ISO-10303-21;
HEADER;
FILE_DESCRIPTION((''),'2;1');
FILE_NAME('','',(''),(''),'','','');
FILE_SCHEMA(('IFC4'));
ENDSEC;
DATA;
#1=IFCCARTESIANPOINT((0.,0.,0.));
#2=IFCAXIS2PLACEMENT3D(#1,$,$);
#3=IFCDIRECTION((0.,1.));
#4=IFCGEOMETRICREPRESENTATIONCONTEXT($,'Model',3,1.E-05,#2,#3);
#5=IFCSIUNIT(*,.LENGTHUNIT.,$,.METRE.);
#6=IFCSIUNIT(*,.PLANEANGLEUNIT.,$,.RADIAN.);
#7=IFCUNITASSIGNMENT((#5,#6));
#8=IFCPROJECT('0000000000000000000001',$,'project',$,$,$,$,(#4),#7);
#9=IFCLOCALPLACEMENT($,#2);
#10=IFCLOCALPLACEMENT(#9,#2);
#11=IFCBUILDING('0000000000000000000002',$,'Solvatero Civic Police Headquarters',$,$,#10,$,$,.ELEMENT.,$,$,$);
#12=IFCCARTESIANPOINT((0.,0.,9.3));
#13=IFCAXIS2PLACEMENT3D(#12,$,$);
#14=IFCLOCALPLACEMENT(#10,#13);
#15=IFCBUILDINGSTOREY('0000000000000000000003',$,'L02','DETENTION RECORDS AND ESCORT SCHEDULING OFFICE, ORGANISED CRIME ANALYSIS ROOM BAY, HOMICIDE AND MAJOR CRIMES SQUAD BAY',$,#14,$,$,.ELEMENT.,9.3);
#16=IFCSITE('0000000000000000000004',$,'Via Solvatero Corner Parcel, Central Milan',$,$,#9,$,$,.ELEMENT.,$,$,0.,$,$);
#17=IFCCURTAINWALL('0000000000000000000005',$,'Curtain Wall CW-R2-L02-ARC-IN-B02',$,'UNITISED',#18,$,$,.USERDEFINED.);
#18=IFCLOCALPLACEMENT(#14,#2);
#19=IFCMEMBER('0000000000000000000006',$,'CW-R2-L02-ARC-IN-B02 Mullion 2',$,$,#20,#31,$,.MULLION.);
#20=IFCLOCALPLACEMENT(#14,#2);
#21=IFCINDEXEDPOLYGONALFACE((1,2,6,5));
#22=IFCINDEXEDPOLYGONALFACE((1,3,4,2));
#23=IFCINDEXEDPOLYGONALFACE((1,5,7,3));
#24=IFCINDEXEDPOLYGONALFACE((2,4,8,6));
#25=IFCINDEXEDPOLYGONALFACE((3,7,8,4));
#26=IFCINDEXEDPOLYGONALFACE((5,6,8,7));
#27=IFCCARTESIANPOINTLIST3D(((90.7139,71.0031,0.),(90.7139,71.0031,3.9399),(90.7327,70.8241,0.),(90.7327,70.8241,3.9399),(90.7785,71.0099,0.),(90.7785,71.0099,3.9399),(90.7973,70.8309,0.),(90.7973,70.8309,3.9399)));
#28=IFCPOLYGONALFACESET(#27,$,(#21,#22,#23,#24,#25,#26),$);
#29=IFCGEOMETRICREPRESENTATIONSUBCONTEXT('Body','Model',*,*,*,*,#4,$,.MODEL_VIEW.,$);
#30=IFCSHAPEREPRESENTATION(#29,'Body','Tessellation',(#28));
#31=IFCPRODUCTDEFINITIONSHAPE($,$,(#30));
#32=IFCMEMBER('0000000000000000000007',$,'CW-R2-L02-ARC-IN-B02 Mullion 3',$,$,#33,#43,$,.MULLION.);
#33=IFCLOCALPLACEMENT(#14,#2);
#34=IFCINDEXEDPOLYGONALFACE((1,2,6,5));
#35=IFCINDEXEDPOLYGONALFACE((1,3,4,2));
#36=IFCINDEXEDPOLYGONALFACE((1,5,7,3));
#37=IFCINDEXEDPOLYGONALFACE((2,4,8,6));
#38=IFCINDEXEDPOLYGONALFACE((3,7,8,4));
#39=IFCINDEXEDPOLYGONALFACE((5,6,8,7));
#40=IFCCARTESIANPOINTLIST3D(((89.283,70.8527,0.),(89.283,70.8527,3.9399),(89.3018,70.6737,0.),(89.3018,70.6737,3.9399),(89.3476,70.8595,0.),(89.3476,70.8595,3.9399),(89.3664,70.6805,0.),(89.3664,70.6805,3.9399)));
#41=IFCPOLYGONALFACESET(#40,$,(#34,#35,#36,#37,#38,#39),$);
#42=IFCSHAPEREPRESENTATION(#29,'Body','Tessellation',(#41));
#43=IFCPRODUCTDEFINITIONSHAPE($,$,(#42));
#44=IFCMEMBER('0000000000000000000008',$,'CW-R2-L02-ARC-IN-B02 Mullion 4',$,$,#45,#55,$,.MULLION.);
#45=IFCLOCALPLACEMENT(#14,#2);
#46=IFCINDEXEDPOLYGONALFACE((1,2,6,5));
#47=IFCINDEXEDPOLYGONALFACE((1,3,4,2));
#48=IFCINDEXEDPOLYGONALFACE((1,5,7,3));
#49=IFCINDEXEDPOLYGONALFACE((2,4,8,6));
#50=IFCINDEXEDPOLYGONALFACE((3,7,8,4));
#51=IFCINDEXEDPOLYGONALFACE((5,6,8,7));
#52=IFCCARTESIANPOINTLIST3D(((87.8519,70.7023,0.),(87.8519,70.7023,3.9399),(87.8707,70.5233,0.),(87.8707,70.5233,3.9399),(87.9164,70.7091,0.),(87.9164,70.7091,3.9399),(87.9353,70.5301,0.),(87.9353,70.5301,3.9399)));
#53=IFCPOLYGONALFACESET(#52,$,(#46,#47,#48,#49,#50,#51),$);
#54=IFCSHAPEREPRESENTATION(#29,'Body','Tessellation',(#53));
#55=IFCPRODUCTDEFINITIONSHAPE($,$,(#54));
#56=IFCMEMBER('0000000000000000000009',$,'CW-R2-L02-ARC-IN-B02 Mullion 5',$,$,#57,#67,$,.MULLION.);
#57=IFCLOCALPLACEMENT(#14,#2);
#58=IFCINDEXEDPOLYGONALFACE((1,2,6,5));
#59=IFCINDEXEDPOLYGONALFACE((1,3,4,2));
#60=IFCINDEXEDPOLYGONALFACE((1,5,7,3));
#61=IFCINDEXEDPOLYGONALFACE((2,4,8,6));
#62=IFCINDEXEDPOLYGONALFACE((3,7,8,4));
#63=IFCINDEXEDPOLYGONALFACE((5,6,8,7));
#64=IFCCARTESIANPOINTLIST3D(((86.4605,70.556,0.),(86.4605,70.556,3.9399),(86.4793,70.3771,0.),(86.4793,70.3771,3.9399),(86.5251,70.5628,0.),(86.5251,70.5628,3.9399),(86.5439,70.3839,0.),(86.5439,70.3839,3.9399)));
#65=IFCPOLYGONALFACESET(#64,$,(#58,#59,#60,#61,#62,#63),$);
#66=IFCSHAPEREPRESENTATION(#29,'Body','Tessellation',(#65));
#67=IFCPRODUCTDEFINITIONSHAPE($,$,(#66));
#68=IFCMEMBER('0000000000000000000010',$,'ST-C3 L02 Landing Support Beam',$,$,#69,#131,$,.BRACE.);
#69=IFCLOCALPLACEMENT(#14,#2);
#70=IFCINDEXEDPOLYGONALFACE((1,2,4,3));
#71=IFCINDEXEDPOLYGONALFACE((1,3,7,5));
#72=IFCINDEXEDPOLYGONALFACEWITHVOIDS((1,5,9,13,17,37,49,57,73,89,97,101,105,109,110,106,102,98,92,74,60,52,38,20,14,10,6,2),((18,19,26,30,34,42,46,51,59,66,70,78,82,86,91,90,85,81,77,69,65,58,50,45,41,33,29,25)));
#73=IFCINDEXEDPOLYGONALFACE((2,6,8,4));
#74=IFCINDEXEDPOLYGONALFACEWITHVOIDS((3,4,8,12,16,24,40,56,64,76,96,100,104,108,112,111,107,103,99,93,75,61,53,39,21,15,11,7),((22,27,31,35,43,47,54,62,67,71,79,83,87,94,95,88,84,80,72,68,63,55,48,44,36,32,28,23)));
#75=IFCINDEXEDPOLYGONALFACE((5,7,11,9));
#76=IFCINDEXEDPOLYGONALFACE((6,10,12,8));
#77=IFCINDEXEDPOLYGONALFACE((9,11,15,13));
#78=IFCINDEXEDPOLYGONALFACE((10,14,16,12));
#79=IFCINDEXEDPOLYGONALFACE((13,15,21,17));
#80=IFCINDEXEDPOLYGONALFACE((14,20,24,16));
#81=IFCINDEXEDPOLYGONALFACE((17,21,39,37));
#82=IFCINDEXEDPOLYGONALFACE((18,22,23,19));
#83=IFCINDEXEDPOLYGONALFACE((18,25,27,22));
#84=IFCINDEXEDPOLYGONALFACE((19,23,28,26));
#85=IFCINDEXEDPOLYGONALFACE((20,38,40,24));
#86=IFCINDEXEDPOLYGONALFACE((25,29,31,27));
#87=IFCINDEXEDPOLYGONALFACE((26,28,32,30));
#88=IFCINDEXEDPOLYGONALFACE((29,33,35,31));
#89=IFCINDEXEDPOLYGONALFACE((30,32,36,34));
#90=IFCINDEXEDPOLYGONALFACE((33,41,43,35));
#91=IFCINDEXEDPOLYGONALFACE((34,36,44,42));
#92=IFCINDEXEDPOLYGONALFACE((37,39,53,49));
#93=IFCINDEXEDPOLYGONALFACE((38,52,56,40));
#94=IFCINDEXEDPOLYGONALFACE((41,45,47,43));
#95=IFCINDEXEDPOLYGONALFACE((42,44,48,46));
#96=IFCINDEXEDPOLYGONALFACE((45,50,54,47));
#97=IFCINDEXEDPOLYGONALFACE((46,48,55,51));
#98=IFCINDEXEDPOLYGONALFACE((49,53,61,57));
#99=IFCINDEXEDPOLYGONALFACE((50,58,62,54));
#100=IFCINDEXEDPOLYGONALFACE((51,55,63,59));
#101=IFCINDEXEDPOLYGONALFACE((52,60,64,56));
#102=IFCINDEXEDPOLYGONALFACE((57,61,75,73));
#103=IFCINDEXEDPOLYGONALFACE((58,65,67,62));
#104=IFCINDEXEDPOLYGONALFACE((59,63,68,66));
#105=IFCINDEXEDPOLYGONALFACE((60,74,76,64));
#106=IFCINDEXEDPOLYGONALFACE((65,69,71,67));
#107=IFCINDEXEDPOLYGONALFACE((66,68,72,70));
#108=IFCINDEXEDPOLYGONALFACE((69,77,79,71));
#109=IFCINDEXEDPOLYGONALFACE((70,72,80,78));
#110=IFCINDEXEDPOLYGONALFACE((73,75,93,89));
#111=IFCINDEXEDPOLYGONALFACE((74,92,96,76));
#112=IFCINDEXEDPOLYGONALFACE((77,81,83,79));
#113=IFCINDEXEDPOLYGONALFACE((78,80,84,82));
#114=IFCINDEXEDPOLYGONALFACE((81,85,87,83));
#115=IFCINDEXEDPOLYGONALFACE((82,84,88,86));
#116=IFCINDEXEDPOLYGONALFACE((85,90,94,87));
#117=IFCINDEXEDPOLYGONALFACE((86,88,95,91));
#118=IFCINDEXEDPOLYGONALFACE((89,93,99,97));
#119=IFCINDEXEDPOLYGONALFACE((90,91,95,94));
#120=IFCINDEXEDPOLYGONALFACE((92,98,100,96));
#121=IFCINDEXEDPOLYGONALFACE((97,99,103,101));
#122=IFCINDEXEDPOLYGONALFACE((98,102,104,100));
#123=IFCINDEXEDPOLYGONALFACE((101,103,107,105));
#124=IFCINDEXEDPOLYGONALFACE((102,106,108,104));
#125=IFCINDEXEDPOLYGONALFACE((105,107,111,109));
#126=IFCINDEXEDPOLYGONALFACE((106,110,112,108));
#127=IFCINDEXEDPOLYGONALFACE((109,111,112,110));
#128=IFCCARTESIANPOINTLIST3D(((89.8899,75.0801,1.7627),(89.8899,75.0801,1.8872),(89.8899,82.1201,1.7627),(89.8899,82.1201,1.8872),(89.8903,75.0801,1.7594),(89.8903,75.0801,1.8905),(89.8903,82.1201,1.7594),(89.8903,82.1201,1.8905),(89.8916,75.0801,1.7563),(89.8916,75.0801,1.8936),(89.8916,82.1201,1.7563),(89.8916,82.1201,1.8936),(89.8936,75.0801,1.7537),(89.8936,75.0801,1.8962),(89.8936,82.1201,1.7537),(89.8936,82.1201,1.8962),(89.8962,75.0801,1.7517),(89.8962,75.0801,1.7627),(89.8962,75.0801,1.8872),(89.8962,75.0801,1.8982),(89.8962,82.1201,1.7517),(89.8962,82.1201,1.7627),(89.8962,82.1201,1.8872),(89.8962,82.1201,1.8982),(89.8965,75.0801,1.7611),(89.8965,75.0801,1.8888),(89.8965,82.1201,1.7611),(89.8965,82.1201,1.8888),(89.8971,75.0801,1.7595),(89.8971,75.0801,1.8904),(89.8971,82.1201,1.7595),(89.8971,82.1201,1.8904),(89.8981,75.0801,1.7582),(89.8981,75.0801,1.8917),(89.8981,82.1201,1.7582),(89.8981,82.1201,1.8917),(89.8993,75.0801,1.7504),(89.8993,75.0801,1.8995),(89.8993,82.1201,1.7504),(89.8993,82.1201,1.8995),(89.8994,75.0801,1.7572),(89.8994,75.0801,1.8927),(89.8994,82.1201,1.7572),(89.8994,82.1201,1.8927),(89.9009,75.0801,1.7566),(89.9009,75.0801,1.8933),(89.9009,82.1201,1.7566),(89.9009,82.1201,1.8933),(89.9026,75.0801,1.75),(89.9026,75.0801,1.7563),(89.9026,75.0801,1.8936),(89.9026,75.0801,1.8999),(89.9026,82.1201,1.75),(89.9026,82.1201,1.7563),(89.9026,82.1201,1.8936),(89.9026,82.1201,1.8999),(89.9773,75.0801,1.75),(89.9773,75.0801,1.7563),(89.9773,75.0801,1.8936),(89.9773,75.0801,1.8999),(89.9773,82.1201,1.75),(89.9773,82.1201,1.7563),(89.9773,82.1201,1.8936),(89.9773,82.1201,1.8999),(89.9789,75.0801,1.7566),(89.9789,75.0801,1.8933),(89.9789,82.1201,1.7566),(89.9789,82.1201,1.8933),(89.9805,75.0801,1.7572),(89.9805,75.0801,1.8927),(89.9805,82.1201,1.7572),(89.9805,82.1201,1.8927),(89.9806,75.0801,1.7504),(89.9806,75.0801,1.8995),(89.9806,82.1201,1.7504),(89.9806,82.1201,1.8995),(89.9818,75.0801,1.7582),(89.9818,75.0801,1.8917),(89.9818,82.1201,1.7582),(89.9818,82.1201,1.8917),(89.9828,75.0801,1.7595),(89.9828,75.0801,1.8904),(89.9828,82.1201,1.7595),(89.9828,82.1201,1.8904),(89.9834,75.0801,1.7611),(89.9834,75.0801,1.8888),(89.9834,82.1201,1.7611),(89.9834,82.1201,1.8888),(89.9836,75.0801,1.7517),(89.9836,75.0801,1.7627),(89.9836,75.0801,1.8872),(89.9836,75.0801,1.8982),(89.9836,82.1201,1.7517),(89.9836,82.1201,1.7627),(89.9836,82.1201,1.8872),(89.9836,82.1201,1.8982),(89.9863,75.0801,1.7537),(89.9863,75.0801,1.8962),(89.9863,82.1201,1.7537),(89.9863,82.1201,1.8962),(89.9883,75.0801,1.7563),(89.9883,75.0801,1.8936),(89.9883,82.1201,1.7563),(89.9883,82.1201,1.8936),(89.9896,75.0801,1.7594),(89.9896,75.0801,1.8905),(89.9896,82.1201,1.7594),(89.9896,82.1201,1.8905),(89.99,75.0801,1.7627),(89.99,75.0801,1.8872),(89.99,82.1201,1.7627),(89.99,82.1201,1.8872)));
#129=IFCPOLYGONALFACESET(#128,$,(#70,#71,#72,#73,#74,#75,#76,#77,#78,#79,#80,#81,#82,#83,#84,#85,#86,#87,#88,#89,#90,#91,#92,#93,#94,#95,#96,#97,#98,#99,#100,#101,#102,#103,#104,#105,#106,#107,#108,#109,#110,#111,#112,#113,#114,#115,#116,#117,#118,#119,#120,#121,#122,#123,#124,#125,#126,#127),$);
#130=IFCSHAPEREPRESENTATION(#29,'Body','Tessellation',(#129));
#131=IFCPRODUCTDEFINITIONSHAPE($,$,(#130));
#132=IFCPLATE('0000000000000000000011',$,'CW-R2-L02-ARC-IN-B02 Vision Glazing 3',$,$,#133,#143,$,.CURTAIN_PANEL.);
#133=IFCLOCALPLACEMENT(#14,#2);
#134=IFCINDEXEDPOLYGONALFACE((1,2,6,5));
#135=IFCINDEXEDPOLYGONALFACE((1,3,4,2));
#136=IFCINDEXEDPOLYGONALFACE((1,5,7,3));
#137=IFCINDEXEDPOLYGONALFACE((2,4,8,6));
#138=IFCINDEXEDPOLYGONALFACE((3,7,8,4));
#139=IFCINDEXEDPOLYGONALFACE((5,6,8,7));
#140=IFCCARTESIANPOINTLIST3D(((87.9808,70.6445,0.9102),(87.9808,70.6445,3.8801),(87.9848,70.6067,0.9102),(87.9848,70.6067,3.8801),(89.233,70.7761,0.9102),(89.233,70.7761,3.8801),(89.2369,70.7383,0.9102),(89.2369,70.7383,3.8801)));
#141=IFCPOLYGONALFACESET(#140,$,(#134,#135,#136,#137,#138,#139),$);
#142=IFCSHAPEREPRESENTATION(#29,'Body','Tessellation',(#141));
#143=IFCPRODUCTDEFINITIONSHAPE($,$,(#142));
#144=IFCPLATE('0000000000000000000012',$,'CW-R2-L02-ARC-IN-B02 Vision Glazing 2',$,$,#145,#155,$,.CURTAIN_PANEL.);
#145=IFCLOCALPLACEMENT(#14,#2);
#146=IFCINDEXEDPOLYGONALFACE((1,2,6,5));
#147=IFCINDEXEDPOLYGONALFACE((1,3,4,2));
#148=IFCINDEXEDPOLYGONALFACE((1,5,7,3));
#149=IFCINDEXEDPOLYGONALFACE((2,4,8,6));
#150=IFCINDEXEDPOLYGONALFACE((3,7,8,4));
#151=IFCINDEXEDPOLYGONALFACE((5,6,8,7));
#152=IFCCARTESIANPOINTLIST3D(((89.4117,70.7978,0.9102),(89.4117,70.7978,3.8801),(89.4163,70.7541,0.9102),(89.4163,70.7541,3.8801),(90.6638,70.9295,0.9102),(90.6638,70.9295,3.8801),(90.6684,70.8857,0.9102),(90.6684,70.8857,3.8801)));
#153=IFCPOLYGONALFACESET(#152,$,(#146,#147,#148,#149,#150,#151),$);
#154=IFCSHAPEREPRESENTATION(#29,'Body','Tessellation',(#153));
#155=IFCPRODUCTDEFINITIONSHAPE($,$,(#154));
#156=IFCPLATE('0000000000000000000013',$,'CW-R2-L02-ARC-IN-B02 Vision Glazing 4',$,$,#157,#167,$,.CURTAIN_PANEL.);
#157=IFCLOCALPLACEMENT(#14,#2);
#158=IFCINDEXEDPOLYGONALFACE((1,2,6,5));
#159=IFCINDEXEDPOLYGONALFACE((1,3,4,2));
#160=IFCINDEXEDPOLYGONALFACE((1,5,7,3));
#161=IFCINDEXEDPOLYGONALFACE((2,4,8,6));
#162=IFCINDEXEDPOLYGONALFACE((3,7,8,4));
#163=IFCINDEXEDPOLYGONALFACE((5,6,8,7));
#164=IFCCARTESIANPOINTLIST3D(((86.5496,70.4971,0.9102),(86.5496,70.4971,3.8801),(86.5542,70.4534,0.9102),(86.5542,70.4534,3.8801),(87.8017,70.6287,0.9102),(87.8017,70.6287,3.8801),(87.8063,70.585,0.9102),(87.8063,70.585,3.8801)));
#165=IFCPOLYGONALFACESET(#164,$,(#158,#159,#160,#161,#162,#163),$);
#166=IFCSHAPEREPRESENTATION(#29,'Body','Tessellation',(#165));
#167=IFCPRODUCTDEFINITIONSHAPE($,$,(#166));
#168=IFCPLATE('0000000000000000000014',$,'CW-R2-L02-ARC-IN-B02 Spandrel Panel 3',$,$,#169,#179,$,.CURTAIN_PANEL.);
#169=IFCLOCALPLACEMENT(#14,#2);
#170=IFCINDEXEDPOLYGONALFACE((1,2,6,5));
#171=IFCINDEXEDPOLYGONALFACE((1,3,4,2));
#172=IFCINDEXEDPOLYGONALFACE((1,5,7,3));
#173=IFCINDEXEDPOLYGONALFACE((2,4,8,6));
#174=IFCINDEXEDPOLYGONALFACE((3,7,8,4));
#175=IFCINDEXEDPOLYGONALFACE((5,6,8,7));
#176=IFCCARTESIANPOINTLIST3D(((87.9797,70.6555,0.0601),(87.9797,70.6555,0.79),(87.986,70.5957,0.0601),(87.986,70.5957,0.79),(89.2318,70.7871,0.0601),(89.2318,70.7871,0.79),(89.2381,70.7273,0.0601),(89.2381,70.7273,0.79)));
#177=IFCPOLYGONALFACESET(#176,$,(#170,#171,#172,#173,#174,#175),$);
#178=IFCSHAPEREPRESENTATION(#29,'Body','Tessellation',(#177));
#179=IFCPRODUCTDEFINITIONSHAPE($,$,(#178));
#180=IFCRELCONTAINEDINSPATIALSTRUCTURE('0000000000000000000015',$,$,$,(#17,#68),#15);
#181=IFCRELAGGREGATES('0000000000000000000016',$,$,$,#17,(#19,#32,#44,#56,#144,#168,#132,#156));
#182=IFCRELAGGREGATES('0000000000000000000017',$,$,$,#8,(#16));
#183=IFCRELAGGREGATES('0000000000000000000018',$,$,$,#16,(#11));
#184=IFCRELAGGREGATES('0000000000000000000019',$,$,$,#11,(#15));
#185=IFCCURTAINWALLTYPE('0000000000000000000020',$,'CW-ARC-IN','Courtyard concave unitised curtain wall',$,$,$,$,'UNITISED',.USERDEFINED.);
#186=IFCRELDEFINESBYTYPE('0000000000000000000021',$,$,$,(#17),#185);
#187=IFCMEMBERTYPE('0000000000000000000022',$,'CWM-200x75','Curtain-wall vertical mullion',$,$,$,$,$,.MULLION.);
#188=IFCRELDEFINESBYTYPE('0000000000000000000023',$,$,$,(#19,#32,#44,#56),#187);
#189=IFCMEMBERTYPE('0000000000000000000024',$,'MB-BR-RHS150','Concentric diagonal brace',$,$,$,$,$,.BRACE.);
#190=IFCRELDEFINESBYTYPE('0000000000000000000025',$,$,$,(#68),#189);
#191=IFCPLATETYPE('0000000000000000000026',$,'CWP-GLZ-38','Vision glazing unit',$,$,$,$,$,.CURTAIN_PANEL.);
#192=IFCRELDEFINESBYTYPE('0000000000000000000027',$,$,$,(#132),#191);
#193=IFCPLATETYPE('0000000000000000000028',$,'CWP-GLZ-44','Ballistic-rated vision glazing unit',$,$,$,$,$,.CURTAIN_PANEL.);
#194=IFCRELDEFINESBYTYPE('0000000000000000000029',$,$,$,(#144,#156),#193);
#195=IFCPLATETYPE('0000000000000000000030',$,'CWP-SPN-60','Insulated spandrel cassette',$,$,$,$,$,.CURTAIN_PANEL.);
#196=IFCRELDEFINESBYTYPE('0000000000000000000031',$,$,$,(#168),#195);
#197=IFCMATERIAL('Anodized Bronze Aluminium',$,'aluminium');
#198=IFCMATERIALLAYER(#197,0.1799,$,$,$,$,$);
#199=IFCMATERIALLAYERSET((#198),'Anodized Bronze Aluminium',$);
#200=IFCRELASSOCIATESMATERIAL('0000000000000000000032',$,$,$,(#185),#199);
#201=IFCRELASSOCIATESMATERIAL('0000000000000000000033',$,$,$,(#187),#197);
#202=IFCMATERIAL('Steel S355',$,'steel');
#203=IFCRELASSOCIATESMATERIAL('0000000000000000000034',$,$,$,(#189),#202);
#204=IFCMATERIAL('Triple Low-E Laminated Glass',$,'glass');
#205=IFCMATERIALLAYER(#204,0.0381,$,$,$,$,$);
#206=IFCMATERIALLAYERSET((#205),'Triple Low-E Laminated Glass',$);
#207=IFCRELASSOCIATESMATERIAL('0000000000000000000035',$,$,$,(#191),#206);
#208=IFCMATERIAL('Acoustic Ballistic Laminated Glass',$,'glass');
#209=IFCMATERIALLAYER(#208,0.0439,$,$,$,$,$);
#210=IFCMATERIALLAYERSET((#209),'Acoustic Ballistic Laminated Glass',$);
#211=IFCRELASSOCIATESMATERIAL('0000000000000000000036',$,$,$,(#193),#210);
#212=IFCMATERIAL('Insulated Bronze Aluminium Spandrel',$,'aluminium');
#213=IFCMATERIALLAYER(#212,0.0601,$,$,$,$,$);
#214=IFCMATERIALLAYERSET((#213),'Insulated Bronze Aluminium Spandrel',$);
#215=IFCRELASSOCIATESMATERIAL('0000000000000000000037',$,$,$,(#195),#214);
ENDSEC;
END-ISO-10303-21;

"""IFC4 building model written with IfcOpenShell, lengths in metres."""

from ifc_helpers import new_model, si_unit, direction, frame, origin, origin_2d, place, context, subcontext, project, spatial, rectangle, hollow_rectangle, extrude, material, layer, layer_set, material_profile, profile_set, type_object, element, aggregate, save


model = new_model("IFC4")

# Units and contexts
model_context = context("Model", 3, precision=1e-05, world=origin(), true_north=direction((0.0, 1.0)))
body_context = subcontext(model_context, "Body", "Model", "MODEL_VIEW")
ifc_project = project(units=[si_unit("LENGTHUNIT", "METRE"), si_unit("PLANEANGLEUNIT", "RADIAN")], contexts=[model_context])

# Site, building, storey
site_placement = place(None, origin())
site = spatial("IfcSite", under=ifc_project, at=site_placement, Name="Via Solvatero Corner Parcel, Central Milan", CompositionType="ELEMENT", RefElevation=0.0)
building_placement = place(site_placement, origin())
building = spatial("IfcBuilding", under=site, at=building_placement, Name="Solvatero Civic Police Headquarters", CompositionType="ELEMENT")
storey_placement = place(building_placement, frame((0.0, 0.0, 9.3)))
storey = spatial("IfcBuildingStorey", under=building, at=storey_placement, Name="L02", Description="DETENTION RECORDS AND ESCORT SCHEDULING OFFICE, ORGANISED CRIME ANALYSIS ROOM BAY, HOMICIDE AND MAJOR CRIMES SQUAD BAY", CompositionType="ELEMENT", Elevation=9.3)

# Curtain wall, members
ifc_material_1 = material(Name="Anodized Bronze Aluminium", Category="aluminium")
ifc_layer_1 = layer(ifc_material_1, 0.1799)
ifc_layer_set_1 = layer_set([ifc_layer_1], Name="Anodized Bronze Aluminium")
curtain_wall_type = type_object("IfcCurtainWallType", Name="CW-ARC-IN", Description="Courtyard concave unitised curtain wall", ElementType="UNITISED", PredefinedType="USERDEFINED", material=ifc_layer_set_1)
curtain_wall_placement = place(storey_placement, origin())
curtain_wall = element("IfcCurtainWall", 1, at=curtain_wall_placement, inside=storey, type_object=curtain_wall_type, Name="Curtain Wall CW-R2-L02-ARC-IN-B02", ObjectType="UNITISED", PredefinedType="USERDEFINED")
ifc_material_profile_1 = material_profile(ifc_material_1, rectangle(XDim=0.0649, YDim=0.1799, at=origin_2d()), Name="ALU MULLION 65x180")
ifc_profile_set_1 = profile_set([ifc_material_profile_1], Name="Anodized Bronze Aluminium")
member_type_1 = type_object("IfcMemberType", Name="CWM-200x75", Description="Curtain-wall vertical mullion", PredefinedType="MULLION", material=ifc_profile_set_1)
member_1_placement = place(storey_placement, frame((90.7556, 70.917, 0.0), z_axis=(0.0, 0.0, 1.0), x_axis=(-0.994522, -0.104528, 0.0)))
member_1 = element("IfcMember", 2, at=member_1_placement, type_object=member_type_1, Name="CW-R2-L02-ARC-IN-B02 Mullion 2", PredefinedType="MULLION", context=body_context, shape_type="SweptSolid", body=[
    extrude(rectangle(XDim=0.0649, YDim=0.1799, at=origin_2d()), origin(), (0.0, 0.0, 1.0), 3.9399),
])
member_2_placement = place(storey_placement, frame((89.3247, 70.7666, 0.0), z_axis=(0.0, 0.0, 1.0), x_axis=(-0.994522, -0.104528, 0.0)))
member_2 = element("IfcMember", 3, at=member_2_placement, type_object=member_type_1, Name="CW-R2-L02-ARC-IN-B02 Mullion 3", PredefinedType="MULLION", context=body_context, shape_type="SweptSolid", body=[
    extrude(rectangle(XDim=0.0649, YDim=0.1799, at=origin_2d()), origin(), (0.0, 0.0, 1.0), 3.9399),
])
member_3_placement = place(storey_placement, frame((87.8936, 70.6162, 0.0), z_axis=(0.0, 0.0, 1.0), x_axis=(-0.994522, -0.104528, 0.0)))
member_3 = element("IfcMember", 4, at=member_3_placement, type_object=member_type_1, Name="CW-R2-L02-ARC-IN-B02 Mullion 4", PredefinedType="MULLION", context=body_context, shape_type="SweptSolid", body=[
    extrude(rectangle(XDim=0.0649, YDim=0.1799, at=origin_2d()), origin(), (0.0, 0.0, 1.0), 3.9399),
])
member_4_placement = place(storey_placement, frame((86.5022, 70.47, 0.0), z_axis=(0.0, 0.0, 1.0), x_axis=(-0.994522, -0.104528, 0.0)))
member_4 = element("IfcMember", 5, at=member_4_placement, type_object=member_type_1, Name="CW-R2-L02-ARC-IN-B02 Mullion 5", PredefinedType="MULLION", context=body_context, shape_type="SweptSolid", body=[
    extrude(rectangle(XDim=0.0649, YDim=0.1799, at=origin_2d()), origin(), (0.0, 0.0, 1.0), 3.9399),
])

# Member
ifc_material_2 = material(Name="Steel S355", Category="steel")
ifc_material_profile_2 = material_profile(ifc_material_2, hollow_rectangle(XDim=0.1001, YDim=0.1499, WallThickness=0.0063, InnerFilletRadius=0.0063, OuterFilletRadius=0.0127, at=origin_2d()), Name="RHS 150x100x6.3")
ifc_profile_set_2 = profile_set([ifc_material_profile_2], Name="Steel S355")
member_type_2 = type_object("IfcMemberType", Name="MB-BR-RHS150", Description="Concentric diagonal brace", PredefinedType="BRACE", material=ifc_profile_set_2)
member_5_placement = place(storey_placement, frame((89.9399, 75.0801, 1.825), z_axis=(0.0, 1.0, 0.0), x_axis=(-1.0, 0.0, 0.0)))
element("IfcMember", 6, at=member_5_placement, inside=storey, type_object=member_type_2, Name="ST-C3 L02 Landing Support Beam", PredefinedType="BRACE", context=body_context, shape_type="SweptSolid", body=[
    extrude(hollow_rectangle(XDim=0.1001, YDim=0.1499, WallThickness=0.0063, InnerFilletRadius=0.0063, OuterFilletRadius=0.0127, at=origin_2d()), origin(), (0.0, 0.0, 1.0), 7.04),
])

# Plates
ifc_material_3 = material(Name="Triple Low-E Laminated Glass", Category="glass")
ifc_layer_2 = layer(ifc_material_3, 0.0381)
ifc_layer_set_2 = layer_set([ifc_layer_2], Name="Triple Low-E Laminated Glass")
plate_type_1 = type_object("IfcPlateType", Name="CWP-GLZ-38", Description="Vision glazing unit", PredefinedType="CURTAIN_PANEL", material=ifc_layer_set_2)
plate_1_placement = place(storey_placement, frame((88.6089, 70.6914, 0.9102), z_axis=(0.0, 0.0, 1.0), x_axis=(-0.994522, -0.104528, 0.0)))
plate_1 = element("IfcPlate", 7, at=plate_1_placement, type_object=plate_type_1, Name="CW-R2-L02-ARC-IN-B02 Vision Glazing 3", PredefinedType="CURTAIN_PANEL", context=body_context, shape_type="SweptSolid", body=[
    extrude(rectangle(XDim=1.259, YDim=0.0381, at=origin_2d()), origin(), (0.0, 0.0, 1.0), 2.97),
])
ifc_material_4 = material(Name="Acoustic Ballistic Laminated Glass", Category="glass")
ifc_layer_3 = layer(ifc_material_4, 0.0439)
ifc_layer_set_3 = layer_set([ifc_layer_3], Name="Acoustic Ballistic Laminated Glass")
plate_type_2 = type_object("IfcPlateType", Name="CWP-GLZ-44", Description="Ballistic-rated vision glazing unit", PredefinedType="CURTAIN_PANEL", material=ifc_layer_set_3)
plate_2_placement = place(storey_placement, frame((90.04, 70.8418, 0.9102), z_axis=(0.0, 0.0, 1.0), x_axis=(-0.994522, -0.104528, 0.0)))
plate_2 = element("IfcPlate", 8, at=plate_2_placement, type_object=plate_type_2, Name="CW-R2-L02-ARC-IN-B02 Vision Glazing 2", PredefinedType="CURTAIN_PANEL", context=body_context, shape_type="SweptSolid", body=[
    extrude(rectangle(XDim=1.259, YDim=0.0439, at=origin_2d()), origin(), (0.0, 0.0, 1.0), 2.97),
])
plate_3_placement = place(storey_placement, frame((87.178, 70.541, 0.9102), z_axis=(0.0, 0.0, 1.0), x_axis=(-0.994522, -0.104528, 0.0)))
plate_3 = element("IfcPlate", 9, at=plate_3_placement, type_object=plate_type_2, Name="CW-R2-L02-ARC-IN-B02 Vision Glazing 4", PredefinedType="CURTAIN_PANEL", context=body_context, shape_type="SweptSolid", body=[
    extrude(rectangle(XDim=1.259, YDim=0.0439, at=origin_2d()), origin(), (0.0, 0.0, 1.0), 2.97),
])
ifc_material_5 = material(Name="Insulated Bronze Aluminium Spandrel", Category="aluminium")
ifc_layer_4 = layer(ifc_material_5, 0.0601)
ifc_layer_set_4 = layer_set([ifc_layer_4], Name="Insulated Bronze Aluminium Spandrel")
plate_type_3 = type_object("IfcPlateType", Name="CWP-SPN-60", Description="Insulated spandrel cassette", PredefinedType="CURTAIN_PANEL", material=ifc_layer_set_4)
plate_4_placement = place(storey_placement, frame((88.6089, 70.6914, 0.0601), z_axis=(0.0, 0.0, 1.0), x_axis=(-0.994522, -0.104528, 0.0)))
plate_4 = element("IfcPlate", 10, at=plate_4_placement, type_object=plate_type_3, Name="CW-R2-L02-ARC-IN-B02 Spandrel Panel 3", PredefinedType="CURTAIN_PANEL", context=body_context, shape_type="SweptSolid", body=[
    extrude(rectangle(XDim=1.259, YDim=0.0601, at=origin_2d()), origin(), (0.0, 0.0, 1.0), 0.73),
])
aggregate(curtain_wall, [member_1, member_2, member_3, member_4, plate_2, plate_4, plate_1, plate_3])

save(model, "model.ifc")
